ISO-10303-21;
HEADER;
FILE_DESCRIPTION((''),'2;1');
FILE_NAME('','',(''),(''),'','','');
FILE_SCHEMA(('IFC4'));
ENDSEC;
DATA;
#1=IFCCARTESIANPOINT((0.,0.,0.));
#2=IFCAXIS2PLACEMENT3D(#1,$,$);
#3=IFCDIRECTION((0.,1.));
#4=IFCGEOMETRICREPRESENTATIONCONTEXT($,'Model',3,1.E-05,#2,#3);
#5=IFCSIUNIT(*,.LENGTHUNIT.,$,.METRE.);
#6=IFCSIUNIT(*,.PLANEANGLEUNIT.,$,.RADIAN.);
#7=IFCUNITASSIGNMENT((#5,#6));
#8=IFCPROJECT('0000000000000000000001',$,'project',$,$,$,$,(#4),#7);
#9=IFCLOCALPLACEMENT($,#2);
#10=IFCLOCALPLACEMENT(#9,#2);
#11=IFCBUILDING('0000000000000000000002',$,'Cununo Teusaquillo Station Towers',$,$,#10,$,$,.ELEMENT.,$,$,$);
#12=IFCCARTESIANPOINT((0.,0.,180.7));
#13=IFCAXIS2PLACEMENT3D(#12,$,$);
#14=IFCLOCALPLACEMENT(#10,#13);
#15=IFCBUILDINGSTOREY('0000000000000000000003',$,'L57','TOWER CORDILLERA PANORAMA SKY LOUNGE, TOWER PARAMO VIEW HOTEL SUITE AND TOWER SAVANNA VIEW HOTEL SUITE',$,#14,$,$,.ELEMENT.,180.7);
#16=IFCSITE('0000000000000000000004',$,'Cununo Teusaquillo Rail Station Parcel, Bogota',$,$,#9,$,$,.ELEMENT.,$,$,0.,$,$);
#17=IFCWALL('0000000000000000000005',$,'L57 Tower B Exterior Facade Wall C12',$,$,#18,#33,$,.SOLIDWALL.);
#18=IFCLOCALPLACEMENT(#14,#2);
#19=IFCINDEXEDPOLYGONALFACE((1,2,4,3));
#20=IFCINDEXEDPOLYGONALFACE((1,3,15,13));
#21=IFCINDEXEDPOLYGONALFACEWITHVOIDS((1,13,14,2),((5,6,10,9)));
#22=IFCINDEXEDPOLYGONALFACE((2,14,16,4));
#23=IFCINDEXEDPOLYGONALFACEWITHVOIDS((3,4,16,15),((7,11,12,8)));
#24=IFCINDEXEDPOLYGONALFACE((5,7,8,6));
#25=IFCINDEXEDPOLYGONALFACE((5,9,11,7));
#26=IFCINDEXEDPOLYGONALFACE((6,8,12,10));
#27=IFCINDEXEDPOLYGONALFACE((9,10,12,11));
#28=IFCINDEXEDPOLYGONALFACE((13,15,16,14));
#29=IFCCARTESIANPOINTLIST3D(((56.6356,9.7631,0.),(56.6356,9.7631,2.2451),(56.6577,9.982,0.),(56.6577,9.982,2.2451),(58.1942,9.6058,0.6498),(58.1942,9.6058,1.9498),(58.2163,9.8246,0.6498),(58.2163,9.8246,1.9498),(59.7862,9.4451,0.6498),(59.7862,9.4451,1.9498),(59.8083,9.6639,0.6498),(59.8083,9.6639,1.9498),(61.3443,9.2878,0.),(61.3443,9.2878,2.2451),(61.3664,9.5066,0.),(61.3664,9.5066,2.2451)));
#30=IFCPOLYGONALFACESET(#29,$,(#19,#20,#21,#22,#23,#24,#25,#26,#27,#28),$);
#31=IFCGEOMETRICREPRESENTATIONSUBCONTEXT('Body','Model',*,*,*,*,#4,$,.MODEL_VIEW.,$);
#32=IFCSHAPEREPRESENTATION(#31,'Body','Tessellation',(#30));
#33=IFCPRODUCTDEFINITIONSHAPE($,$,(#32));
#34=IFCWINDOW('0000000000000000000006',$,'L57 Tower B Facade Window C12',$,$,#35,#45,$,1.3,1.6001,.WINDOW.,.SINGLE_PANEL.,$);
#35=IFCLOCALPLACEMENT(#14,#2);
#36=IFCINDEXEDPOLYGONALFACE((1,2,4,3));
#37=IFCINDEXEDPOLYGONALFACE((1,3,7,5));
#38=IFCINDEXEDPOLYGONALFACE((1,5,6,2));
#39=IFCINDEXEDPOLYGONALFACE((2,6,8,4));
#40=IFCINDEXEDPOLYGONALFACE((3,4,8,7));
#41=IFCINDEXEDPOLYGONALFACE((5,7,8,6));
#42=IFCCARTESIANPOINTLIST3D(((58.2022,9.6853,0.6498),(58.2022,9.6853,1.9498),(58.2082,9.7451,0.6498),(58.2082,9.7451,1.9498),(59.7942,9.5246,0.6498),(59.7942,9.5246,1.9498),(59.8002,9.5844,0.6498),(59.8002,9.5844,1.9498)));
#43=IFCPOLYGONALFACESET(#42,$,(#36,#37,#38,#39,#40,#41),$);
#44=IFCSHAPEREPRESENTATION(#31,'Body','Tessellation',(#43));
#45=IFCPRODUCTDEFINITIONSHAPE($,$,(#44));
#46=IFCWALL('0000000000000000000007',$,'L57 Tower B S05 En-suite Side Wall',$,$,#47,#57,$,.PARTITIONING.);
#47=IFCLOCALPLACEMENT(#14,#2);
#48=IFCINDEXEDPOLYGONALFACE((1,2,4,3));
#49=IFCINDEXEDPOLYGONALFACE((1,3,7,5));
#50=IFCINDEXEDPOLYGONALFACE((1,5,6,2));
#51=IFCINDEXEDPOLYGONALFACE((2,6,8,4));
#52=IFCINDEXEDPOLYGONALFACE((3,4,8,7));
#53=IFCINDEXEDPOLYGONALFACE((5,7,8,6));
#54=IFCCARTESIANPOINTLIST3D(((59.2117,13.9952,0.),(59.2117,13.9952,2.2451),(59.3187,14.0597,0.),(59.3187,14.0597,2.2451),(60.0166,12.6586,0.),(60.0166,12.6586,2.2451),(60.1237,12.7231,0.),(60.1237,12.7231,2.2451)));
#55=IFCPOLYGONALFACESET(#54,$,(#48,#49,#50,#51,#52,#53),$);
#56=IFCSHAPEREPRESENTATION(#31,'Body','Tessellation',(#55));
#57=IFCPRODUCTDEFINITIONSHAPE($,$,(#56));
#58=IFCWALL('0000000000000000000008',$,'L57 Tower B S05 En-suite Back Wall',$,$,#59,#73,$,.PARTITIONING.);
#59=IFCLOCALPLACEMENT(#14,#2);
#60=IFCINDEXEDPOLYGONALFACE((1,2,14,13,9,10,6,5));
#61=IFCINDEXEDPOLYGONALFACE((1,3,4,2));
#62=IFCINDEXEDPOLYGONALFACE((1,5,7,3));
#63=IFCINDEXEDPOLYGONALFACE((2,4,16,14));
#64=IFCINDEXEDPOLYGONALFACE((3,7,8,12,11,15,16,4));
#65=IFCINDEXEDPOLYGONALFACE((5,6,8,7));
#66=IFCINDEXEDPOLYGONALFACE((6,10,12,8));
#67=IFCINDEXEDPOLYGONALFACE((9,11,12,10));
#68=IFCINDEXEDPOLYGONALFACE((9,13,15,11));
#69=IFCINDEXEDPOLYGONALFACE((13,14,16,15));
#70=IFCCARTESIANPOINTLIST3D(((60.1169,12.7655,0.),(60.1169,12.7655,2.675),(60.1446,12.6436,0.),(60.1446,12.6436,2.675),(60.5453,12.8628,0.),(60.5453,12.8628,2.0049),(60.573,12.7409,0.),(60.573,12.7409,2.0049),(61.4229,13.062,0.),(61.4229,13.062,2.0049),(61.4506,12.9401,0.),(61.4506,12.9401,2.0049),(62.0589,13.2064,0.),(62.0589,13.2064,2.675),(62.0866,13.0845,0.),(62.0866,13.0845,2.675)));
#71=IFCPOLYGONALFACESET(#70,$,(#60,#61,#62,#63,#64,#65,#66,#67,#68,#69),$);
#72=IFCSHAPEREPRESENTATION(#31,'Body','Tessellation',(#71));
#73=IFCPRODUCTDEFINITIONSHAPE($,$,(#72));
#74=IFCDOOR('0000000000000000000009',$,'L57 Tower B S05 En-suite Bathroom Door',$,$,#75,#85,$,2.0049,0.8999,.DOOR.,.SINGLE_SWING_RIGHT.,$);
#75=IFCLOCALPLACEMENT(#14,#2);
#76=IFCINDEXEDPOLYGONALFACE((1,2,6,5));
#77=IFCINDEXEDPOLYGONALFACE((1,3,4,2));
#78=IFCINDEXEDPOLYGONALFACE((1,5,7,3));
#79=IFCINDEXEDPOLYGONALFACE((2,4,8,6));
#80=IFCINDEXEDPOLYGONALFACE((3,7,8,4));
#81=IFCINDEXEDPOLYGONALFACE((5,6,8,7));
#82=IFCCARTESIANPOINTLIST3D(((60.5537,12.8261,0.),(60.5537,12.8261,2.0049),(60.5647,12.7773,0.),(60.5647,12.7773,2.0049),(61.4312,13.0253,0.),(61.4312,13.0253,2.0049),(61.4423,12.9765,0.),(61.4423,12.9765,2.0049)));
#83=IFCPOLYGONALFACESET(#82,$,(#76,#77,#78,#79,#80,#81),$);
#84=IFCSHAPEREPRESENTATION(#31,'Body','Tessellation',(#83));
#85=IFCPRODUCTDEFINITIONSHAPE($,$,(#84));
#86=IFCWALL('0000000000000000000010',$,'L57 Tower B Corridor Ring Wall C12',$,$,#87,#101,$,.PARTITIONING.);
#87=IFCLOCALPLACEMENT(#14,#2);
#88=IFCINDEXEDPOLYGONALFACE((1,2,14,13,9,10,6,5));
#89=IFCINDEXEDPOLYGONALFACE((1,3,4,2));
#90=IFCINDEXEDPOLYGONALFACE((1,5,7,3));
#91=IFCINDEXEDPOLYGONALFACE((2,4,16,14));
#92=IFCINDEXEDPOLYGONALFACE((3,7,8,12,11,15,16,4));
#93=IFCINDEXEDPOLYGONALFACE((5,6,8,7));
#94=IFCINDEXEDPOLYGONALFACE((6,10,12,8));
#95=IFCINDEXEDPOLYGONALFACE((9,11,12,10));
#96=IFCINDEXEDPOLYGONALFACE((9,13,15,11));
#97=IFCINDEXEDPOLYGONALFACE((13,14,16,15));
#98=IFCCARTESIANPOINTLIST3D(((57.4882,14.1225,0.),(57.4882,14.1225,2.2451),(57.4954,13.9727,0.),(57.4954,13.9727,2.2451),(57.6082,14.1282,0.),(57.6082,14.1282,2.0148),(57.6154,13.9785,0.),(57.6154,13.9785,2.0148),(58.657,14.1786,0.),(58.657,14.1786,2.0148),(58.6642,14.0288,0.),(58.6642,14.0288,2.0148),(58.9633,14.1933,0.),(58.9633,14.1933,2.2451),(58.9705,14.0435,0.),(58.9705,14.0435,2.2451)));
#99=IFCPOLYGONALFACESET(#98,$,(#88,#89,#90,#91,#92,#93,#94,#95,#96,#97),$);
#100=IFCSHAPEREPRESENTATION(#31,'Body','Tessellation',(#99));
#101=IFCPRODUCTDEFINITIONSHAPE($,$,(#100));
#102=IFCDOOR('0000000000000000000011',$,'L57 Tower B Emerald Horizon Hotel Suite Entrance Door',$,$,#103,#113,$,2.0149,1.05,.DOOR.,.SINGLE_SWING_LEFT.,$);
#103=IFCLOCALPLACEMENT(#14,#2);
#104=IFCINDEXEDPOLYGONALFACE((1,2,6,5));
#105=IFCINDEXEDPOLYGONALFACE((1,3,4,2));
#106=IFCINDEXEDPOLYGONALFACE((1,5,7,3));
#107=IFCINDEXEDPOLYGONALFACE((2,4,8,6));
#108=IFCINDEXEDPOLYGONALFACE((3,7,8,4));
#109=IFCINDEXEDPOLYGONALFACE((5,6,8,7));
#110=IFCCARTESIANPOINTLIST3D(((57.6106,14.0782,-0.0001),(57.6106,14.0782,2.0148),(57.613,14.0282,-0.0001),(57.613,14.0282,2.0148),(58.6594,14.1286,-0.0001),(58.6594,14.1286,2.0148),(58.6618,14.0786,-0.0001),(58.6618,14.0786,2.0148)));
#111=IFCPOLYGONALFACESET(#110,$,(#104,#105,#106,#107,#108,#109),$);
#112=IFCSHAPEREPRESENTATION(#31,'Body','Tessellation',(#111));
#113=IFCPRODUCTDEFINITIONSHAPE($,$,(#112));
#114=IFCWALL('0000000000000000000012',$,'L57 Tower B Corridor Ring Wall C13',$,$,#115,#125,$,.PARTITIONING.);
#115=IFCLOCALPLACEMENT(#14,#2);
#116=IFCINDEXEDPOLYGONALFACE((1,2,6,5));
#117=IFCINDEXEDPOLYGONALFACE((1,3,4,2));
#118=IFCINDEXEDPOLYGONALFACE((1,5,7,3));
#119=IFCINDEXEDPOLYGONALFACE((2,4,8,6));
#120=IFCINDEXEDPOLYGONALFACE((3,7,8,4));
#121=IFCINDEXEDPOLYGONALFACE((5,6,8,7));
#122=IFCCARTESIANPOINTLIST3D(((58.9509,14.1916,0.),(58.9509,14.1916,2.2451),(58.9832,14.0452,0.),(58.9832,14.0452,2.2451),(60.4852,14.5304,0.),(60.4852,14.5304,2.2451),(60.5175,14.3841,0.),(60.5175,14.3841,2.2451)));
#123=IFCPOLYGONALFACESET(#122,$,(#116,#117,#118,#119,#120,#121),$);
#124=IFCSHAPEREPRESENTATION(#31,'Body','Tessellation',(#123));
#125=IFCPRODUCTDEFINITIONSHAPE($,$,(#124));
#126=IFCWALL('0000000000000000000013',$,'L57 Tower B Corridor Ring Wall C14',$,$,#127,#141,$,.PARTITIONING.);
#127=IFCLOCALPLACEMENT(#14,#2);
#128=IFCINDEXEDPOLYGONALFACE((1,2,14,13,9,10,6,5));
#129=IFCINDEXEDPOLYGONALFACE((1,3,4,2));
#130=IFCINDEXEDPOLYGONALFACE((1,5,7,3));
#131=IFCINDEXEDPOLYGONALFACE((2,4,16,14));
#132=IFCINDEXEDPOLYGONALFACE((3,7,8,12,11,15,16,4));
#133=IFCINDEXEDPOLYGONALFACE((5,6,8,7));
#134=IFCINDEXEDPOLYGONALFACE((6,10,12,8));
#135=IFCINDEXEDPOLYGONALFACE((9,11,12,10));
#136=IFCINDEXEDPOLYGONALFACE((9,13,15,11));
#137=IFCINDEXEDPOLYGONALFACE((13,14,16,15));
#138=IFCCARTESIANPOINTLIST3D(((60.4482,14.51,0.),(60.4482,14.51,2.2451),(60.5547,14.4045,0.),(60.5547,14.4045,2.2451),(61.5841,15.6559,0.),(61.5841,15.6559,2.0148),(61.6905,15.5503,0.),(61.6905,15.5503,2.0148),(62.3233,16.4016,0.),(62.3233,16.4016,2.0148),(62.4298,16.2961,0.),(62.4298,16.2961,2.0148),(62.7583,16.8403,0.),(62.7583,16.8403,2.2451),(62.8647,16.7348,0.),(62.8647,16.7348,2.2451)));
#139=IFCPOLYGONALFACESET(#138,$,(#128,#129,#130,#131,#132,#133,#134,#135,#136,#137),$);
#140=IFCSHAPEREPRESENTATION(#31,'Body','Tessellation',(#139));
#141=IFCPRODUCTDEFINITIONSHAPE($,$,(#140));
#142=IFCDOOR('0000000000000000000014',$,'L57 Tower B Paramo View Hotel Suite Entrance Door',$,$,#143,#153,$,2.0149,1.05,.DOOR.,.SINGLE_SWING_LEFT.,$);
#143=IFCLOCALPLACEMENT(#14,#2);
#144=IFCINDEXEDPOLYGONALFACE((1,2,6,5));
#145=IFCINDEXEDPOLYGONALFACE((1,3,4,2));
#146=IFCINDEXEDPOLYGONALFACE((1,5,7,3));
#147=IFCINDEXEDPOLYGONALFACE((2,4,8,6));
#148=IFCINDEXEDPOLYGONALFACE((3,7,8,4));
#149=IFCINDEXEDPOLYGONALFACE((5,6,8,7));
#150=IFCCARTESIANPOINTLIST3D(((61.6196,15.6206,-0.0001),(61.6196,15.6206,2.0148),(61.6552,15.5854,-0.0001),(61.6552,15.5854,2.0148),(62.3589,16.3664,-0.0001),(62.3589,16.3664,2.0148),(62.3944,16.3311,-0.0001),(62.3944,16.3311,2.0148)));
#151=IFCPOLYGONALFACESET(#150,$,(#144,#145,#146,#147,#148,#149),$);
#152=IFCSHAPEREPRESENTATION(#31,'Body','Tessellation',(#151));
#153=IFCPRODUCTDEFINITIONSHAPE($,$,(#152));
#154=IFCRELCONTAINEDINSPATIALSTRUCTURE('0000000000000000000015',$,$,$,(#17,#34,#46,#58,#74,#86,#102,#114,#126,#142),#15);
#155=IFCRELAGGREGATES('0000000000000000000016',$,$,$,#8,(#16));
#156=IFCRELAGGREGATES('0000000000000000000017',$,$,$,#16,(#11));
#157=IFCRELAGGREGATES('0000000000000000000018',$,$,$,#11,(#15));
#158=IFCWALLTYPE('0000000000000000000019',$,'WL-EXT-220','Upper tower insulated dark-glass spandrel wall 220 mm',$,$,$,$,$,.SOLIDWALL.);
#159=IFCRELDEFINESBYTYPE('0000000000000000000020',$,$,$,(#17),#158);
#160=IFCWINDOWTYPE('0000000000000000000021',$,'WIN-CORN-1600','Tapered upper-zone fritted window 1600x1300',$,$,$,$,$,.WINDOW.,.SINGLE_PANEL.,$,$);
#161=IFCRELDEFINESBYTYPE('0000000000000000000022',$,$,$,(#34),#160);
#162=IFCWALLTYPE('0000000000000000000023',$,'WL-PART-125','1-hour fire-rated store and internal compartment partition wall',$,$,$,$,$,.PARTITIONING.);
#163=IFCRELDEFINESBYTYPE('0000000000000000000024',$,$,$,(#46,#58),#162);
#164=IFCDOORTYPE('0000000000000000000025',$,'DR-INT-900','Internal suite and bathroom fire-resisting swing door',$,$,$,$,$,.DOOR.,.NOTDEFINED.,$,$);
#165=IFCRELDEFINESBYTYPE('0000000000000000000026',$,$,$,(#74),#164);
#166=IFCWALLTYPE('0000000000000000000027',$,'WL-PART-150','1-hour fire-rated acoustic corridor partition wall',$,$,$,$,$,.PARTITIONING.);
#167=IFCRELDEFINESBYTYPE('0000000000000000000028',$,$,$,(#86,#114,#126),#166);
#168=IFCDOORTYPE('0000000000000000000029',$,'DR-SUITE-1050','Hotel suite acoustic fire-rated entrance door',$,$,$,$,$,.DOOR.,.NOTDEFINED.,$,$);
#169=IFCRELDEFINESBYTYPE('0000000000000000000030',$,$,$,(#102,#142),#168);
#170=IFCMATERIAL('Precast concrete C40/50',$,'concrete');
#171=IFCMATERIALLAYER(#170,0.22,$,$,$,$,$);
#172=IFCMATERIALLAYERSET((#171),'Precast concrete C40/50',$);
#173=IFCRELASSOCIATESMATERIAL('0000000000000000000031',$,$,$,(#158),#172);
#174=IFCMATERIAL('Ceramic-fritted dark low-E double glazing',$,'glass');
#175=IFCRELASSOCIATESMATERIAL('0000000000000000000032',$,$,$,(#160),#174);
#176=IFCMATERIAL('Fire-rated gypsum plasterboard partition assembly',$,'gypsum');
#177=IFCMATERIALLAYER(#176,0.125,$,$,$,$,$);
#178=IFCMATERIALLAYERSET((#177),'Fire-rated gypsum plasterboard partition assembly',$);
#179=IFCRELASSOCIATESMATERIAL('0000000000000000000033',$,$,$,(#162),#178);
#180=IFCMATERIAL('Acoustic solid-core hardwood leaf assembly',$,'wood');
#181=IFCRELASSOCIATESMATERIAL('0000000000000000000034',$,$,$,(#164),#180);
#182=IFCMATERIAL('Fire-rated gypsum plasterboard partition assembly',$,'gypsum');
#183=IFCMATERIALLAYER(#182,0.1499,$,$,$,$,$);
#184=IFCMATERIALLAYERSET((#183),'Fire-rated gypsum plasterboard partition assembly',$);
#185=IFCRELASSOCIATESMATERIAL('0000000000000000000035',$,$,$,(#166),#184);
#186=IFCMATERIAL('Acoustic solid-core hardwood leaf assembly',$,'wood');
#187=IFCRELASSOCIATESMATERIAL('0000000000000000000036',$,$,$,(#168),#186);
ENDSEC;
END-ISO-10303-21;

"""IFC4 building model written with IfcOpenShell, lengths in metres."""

from ifc_helpers import new_model, si_unit, direction, frame, frame_2d, origin, place, context, subcontext, project, spatial, rectangle, extrude, source, transform, mapped, material, layer, layer_set, type_object, element, fill, save


model = new_model("IFC4")

# Units and contexts
model_context = context("Model", 3, precision=1e-05, world=origin(), true_north=direction((0.0, 1.0)))
body_context = subcontext(model_context, "Body", "Model", "MODEL_VIEW")
ifc_project = project(units=[si_unit("LENGTHUNIT", "METRE"), si_unit("PLANEANGLEUNIT", "RADIAN")], contexts=[model_context])

# Site, building, storey
site_placement = place(None, origin())
site = spatial("IfcSite", under=ifc_project, at=site_placement, Name="Cununo Teusaquillo Rail Station Parcel, Bogota", CompositionType="ELEMENT", RefElevation=0.0)
building_placement = place(site_placement, origin())
building = spatial("IfcBuilding", under=site, at=building_placement, Name="Cununo Teusaquillo Station Towers", CompositionType="ELEMENT")
storey_placement = place(building_placement, frame((0.0, 0.0, 180.7)))
storey = spatial("IfcBuildingStorey", under=building, at=storey_placement, Name="L57", Description="TOWER CORDILLERA PANORAMA SKY LOUNGE, TOWER PARAMO VIEW HOTEL SUITE AND TOWER SAVANNA VIEW HOTEL SUITE", CompositionType="ELEMENT", Elevation=180.7)

# Wall, opening, window
ifc_material_1 = material(Name="Precast concrete C40/50", Category="concrete")
ifc_layer_1 = layer(ifc_material_1, 0.22)
ifc_layer_set_1 = layer_set([ifc_layer_1], Name="Precast concrete C40/50")
wall_type_1 = type_object("IfcWallType", Name="WL-EXT-220", Description="Upper tower insulated dark-glass spandrel wall 220 mm", PredefinedType="SOLIDWALL", material=ifc_layer_set_1)
wall_1_placement = place(storey_placement, frame((61.3552, 9.3972, 0.0), z_axis=(0.0, 0.0, 1.0), x_axis=(-0.994943, 0.100438, 0.0)))
wall_1 = element("IfcWall", 1, at=wall_1_placement, inside=storey, type_object=wall_type_1, Name="L57 Tower B Exterior Facade Wall C12", PredefinedType="SOLIDWALL", context=body_context, shape_type="SweptSolid", body=[
    extrude(rectangle(XDim=4.7327, YDim=0.22, at=frame_2d((2.3662, 0.0))), origin(), (0.0, 0.0, 1.0), 2.2451),
])
shared_shape_1 = source(origin(), body_context, "Body", "SweptSolid", [
    extrude(rectangle(XDim=1.6001, YDim=1.3, at=frame_2d((0.8, 0.6499))), frame((0.0, 0.1199, 0.0), z_axis=(0.0, -1.0, 0.0), x_axis=(1.0, 0.0, 0.0)), (0.0, 0.0, 1.0), 0.24),
])
opening_1_placement = place(wall_1_placement, frame((1.5659, 0.0, 0.6499)))
opening_1 = element("IfcOpeningElement", 2, at=opening_1_placement, cuts=wall_1, PredefinedType="OPENING", context=body_context, shape_type="MappedRepresentation", body=[
    mapped(shared_shape_1, transform((0.0, 0.0, 0.0), x_axis=(1.0, 0.0, 0.0), y_axis=(0.0, 1.0, 0.0), z_axis=(0.0, 0.0, 1.0), scale=1.0)),
])
ifc_material_2 = material(Name="Ceramic-fritted dark low-E double glazing", Category="glass")
window_type = type_object("IfcWindowType", Name="WIN-CORN-1600", Description="Tapered upper-zone fritted window 1600x1300", PartitioningType="SINGLE_PANEL", PredefinedType="WINDOW", material=ifc_material_2)
shared_shape_2 = source(origin(), body_context, "Body", "SweptSolid", [
    extrude(rectangle(XDim=1.6001, YDim=1.3, at=frame_2d((0.8, 0.6499))), frame((0.0, 0.03, 0.0), z_axis=(0.0, -1.0, 0.0), x_axis=(1.0, 0.0, 0.0)), (0.0, 0.0, 1.0), 0.0601),
])
window_placement = place(opening_1_placement, origin())
window = element("IfcWindow", 3, at=window_placement, inside=storey, type_object=window_type, Name="L57 Tower B Facade Window C12", OverallHeight=1.3, OverallWidth=1.6001, PartitioningType="SINGLE_PANEL", PredefinedType="WINDOW", context=body_context, shape_type="MappedRepresentation", body=[
    mapped(shared_shape_2, transform((0.0, 0.0, 0.0), x_axis=(1.0, 0.0, 0.0), y_axis=(0.0, 1.0, 0.0), z_axis=(0.0, 0.0, 1.0), scale=1.0)),
])
fill(opening_1, window)

# Wall
ifc_material_3 = material(Name="Fire-rated gypsum plasterboard partition assembly", Category="gypsum")
ifc_layer_2 = layer(ifc_material_3, 0.125)
ifc_layer_set_2 = layer_set([ifc_layer_2], Name="Fire-rated gypsum plasterboard partition assembly")
wall_type_2 = type_object("IfcWallType", Name="WL-PART-125", Description="1-hour fire-rated store and internal compartment partition wall", PredefinedType="PARTITIONING", material=ifc_layer_set_2)
wall_2_placement = place(storey_placement, frame((59.2651, 14.0276, 0.0), z_axis=(0.0, 0.0, 1.0), x_axis=(0.515876, -0.856663, 0.0)))
element("IfcWall", 4, at=wall_2_placement, inside=storey, type_object=wall_type_2, Name="L57 Tower B S05 En-suite Side Wall", PredefinedType="PARTITIONING", context=body_context, shape_type="SweptSolid", body=[
    extrude(rectangle(XDim=1.5603, YDim=0.125, at=frame_2d((0.7803, 0.0))), origin(), (0.0, 0.0, 1.0), 2.2451),
])

# Walls, openings, doors
wall_3_placement = place(storey_placement, frame((60.1309, 12.7046, 0.0), z_axis=(0.0, 0.0, 1.0), x_axis=(0.975185, 0.221393, 0.0)))
wall_3 = element("IfcWall", 5, at=wall_3_placement, inside=storey, type_object=wall_type_2, Name="L57 Tower B S05 En-suite Back Wall", PredefinedType="PARTITIONING", context=body_context, shape_type="SweptSolid", body=[
    extrude(rectangle(XDim=1.9915, YDim=0.125, at=frame_2d((0.9956, 0.0))), origin(), (0.0, 0.0, 1.0), 2.675),
])
shared_shape_3 = source(origin(), body_context, "Body", "SweptSolid", [
    extrude(rectangle(XDim=0.8999, YDim=2.0049, at=frame_2d((0.45, 1.0024))), frame((0.0, 0.0725, 0.0), z_axis=(0.0, -1.0, 0.0), x_axis=(1.0, 0.0, 0.0)), (0.0, 0.0, 1.0), 0.145),
])
opening_2_placement = place(wall_3_placement, frame((0.4392, 0.0, 0.0)))
opening_2 = element("IfcOpeningElement", 6, at=opening_2_placement, cuts=wall_3, PredefinedType="OPENING", context=body_context, shape_type="MappedRepresentation", body=[
    mapped(shared_shape_3, transform((0.0, 0.0, 0.0), x_axis=(1.0, 0.0, 0.0), y_axis=(0.0, 1.0, 0.0), z_axis=(0.0, 0.0, 1.0), scale=1.0)),
])
ifc_material_4 = material(Name="Acoustic solid-core hardwood leaf assembly", Category="wood")
door_type_1 = type_object("IfcDoorType", Name="DR-INT-900", Description="Internal suite and bathroom fire-resisting swing door", OperationType="NOTDEFINED", PredefinedType="DOOR", material=ifc_material_4)
shared_shape_4 = source(origin(), body_context, "Body", "SweptSolid", [
    extrude(rectangle(XDim=0.8999, YDim=2.0049, at=frame_2d((0.45, 1.0024))), frame((0.0, 0.0249, 0.0), z_axis=(0.0, -1.0, 0.0), x_axis=(1.0, 0.0, 0.0)), (0.0, 0.0, 1.0), 0.05),
])
door_1_placement = place(opening_2_placement, origin())
door_1 = element("IfcDoor", 7, at=door_1_placement, inside=storey, type_object=door_type_1, Name="L57 Tower B S05 En-suite Bathroom Door", OperationType="SINGLE_SWING_RIGHT", OverallHeight=2.0049, OverallWidth=0.8999, PredefinedType="DOOR", context=body_context, shape_type="MappedRepresentation", body=[
    mapped(shared_shape_4, transform((0.0, 0.0, 0.0), x_axis=(1.0, 0.0, 0.0), y_axis=(0.0, 1.0, 0.0), z_axis=(0.0, 0.0, 1.0), scale=1.0)),
])
fill(opening_2, door_1)
ifc_material_5 = material(Name="Fire-rated gypsum plasterboard partition assembly", Category="gypsum")
ifc_layer_3 = layer(ifc_material_5, 0.1499)
ifc_layer_set_3 = layer_set([ifc_layer_3], Name="Fire-rated gypsum plasterboard partition assembly")
wall_type_3 = type_object("IfcWallType", Name="WL-PART-150", Description="1-hour fire-rated acoustic corridor partition wall", PredefinedType="PARTITIONING", material=ifc_layer_set_3)
wall_4_placement = place(storey_placement, frame((57.4919, 14.0476, 0.0), z_axis=(0.0, 0.0, 1.0), x_axis=(0.99885, 0.047942, 0.0)))
wall_4 = element("IfcWall", 8, at=wall_4_placement, inside=storey, type_object=wall_type_3, Name="L57 Tower B Corridor Ring Wall C12", PredefinedType="PARTITIONING", context=body_context, shape_type="SweptSolid", body=[
    extrude(rectangle(XDim=1.4768, YDim=0.1499, at=frame_2d((0.7383, 0.0))), origin(), (0.0, 0.0, 1.0), 2.2451),
])
shared_shape_5 = source(origin(), body_context, "Body", "SweptSolid", [
    extrude(rectangle(XDim=1.05, YDim=2.0149, at=frame_2d((0.5249, 1.0073))), frame((0.0, 0.085, 0.0), z_axis=(0.0, -1.0, 0.0), x_axis=(1.0, 0.0, 0.0)), (0.0, 0.0, 1.0), 0.1699),
])
opening_3_placement = place(wall_4_placement, frame((0.1201, 0.0, 0.0)))
opening_3 = element("IfcOpeningElement", 9, at=opening_3_placement, cuts=wall_4, PredefinedType="OPENING", context=body_context, shape_type="MappedRepresentation", body=[
    mapped(shared_shape_5, transform((0.0, 0.0, 0.0), x_axis=(1.0, 0.0, 0.0), y_axis=(0.0, 1.0, 0.0), z_axis=(0.0, 0.0, 1.0), scale=1.0)),
])
ifc_material_6 = material(Name="Acoustic solid-core hardwood leaf assembly", Category="wood")
door_type_2 = type_object("IfcDoorType", Name="DR-SUITE-1050", Description="Hotel suite acoustic fire-rated entrance door", OperationType="NOTDEFINED", PredefinedType="DOOR", material=ifc_material_6)
shared_shape_6 = source(origin(), body_context, "Body", "SweptSolid", [
    extrude(rectangle(XDim=1.05, YDim=2.0149, at=frame_2d((0.5249, 1.0073))), frame((0.0, 0.0249, 0.0), z_axis=(0.0, -1.0, 0.0), x_axis=(1.0, 0.0, 0.0)), (0.0, 0.0, 1.0), 0.05),
])
door_2_placement = place(opening_3_placement, origin())
door_2 = element("IfcDoor", 10, at=door_2_placement, inside=storey, type_object=door_type_2, Name="L57 Tower B Emerald Horizon Hotel Suite Entrance Door", OperationType="SINGLE_SWING_LEFT", OverallHeight=2.0149, OverallWidth=1.05, PredefinedType="DOOR", context=body_context, shape_type="MappedRepresentation", body=[
    mapped(shared_shape_6, transform((0.0, 0.0, 0.0), x_axis=(1.0, 0.0, 0.0), y_axis=(0.0, 1.0, 0.0), z_axis=(0.0, 0.0, 1.0), scale=1.0)),
])
fill(opening_3, door_2)

# Wall
wall_5_placement = place(storey_placement, frame((58.967, 14.1184, 0.0), z_axis=(0.0, 0.0, 1.0), x_axis=(0.976471, 0.215647, 0.0)))
element("IfcWall", 11, at=wall_5_placement, inside=storey, type_object=wall_type_3, Name="L57 Tower B Corridor Ring Wall C13", PredefinedType="PARTITIONING", context=body_context, shape_type="SweptSolid", body=[
    extrude(rectangle(XDim=1.5713, YDim=0.1499, at=frame_2d((0.7856, 0.0))), origin(), (0.0, 0.0, 1.0), 2.2451),
])

# Wall, opening, door
wall_6_placement = place(storey_placement, frame((60.5015, 14.4573, 0.0), z_axis=(0.0, 0.0, 1.0), x_axis=(0.704012, 0.710188, 0.0)))
wall_6 = element("IfcWall", 12, at=wall_6_placement, inside=storey, type_object=wall_type_3, Name="L57 Tower B Corridor Ring Wall C14", PredefinedType="PARTITIONING", context=body_context, shape_type="SweptSolid", body=[
    extrude(rectangle(XDim=3.2812, YDim=0.1499, at=frame_2d((1.6406, 0.0))), origin(), (0.0, 0.0, 1.0), 2.2451),
])
opening_4_placement = place(wall_6_placement, frame((1.6135, 0.0, 0.0)))
opening_4 = element("IfcOpeningElement", 13, at=opening_4_placement, cuts=wall_6, PredefinedType="OPENING", context=body_context, shape_type="MappedRepresentation", body=[
    mapped(shared_shape_5, transform((0.0, 0.0, 0.0), x_axis=(1.0, 0.0, 0.0), y_axis=(0.0, 1.0, 0.0), z_axis=(0.0, 0.0, 1.0), scale=1.0)),
])
door_3_placement = place(opening_4_placement, origin())
door_3 = element("IfcDoor", 14, at=door_3_placement, inside=storey, type_object=door_type_2, Name="L57 Tower B Paramo View Hotel Suite Entrance Door", OperationType="SINGLE_SWING_LEFT", OverallHeight=2.0149, OverallWidth=1.05, PredefinedType="DOOR", context=body_context, shape_type="MappedRepresentation", body=[
    mapped(shared_shape_6, transform((0.0, 0.0, 0.0), x_axis=(1.0, 0.0, 0.0), y_axis=(0.0, 1.0, 0.0), z_axis=(0.0, 0.0, 1.0), scale=1.0)),
])
fill(opening_4, door_3)

save(model, "model.ifc")
